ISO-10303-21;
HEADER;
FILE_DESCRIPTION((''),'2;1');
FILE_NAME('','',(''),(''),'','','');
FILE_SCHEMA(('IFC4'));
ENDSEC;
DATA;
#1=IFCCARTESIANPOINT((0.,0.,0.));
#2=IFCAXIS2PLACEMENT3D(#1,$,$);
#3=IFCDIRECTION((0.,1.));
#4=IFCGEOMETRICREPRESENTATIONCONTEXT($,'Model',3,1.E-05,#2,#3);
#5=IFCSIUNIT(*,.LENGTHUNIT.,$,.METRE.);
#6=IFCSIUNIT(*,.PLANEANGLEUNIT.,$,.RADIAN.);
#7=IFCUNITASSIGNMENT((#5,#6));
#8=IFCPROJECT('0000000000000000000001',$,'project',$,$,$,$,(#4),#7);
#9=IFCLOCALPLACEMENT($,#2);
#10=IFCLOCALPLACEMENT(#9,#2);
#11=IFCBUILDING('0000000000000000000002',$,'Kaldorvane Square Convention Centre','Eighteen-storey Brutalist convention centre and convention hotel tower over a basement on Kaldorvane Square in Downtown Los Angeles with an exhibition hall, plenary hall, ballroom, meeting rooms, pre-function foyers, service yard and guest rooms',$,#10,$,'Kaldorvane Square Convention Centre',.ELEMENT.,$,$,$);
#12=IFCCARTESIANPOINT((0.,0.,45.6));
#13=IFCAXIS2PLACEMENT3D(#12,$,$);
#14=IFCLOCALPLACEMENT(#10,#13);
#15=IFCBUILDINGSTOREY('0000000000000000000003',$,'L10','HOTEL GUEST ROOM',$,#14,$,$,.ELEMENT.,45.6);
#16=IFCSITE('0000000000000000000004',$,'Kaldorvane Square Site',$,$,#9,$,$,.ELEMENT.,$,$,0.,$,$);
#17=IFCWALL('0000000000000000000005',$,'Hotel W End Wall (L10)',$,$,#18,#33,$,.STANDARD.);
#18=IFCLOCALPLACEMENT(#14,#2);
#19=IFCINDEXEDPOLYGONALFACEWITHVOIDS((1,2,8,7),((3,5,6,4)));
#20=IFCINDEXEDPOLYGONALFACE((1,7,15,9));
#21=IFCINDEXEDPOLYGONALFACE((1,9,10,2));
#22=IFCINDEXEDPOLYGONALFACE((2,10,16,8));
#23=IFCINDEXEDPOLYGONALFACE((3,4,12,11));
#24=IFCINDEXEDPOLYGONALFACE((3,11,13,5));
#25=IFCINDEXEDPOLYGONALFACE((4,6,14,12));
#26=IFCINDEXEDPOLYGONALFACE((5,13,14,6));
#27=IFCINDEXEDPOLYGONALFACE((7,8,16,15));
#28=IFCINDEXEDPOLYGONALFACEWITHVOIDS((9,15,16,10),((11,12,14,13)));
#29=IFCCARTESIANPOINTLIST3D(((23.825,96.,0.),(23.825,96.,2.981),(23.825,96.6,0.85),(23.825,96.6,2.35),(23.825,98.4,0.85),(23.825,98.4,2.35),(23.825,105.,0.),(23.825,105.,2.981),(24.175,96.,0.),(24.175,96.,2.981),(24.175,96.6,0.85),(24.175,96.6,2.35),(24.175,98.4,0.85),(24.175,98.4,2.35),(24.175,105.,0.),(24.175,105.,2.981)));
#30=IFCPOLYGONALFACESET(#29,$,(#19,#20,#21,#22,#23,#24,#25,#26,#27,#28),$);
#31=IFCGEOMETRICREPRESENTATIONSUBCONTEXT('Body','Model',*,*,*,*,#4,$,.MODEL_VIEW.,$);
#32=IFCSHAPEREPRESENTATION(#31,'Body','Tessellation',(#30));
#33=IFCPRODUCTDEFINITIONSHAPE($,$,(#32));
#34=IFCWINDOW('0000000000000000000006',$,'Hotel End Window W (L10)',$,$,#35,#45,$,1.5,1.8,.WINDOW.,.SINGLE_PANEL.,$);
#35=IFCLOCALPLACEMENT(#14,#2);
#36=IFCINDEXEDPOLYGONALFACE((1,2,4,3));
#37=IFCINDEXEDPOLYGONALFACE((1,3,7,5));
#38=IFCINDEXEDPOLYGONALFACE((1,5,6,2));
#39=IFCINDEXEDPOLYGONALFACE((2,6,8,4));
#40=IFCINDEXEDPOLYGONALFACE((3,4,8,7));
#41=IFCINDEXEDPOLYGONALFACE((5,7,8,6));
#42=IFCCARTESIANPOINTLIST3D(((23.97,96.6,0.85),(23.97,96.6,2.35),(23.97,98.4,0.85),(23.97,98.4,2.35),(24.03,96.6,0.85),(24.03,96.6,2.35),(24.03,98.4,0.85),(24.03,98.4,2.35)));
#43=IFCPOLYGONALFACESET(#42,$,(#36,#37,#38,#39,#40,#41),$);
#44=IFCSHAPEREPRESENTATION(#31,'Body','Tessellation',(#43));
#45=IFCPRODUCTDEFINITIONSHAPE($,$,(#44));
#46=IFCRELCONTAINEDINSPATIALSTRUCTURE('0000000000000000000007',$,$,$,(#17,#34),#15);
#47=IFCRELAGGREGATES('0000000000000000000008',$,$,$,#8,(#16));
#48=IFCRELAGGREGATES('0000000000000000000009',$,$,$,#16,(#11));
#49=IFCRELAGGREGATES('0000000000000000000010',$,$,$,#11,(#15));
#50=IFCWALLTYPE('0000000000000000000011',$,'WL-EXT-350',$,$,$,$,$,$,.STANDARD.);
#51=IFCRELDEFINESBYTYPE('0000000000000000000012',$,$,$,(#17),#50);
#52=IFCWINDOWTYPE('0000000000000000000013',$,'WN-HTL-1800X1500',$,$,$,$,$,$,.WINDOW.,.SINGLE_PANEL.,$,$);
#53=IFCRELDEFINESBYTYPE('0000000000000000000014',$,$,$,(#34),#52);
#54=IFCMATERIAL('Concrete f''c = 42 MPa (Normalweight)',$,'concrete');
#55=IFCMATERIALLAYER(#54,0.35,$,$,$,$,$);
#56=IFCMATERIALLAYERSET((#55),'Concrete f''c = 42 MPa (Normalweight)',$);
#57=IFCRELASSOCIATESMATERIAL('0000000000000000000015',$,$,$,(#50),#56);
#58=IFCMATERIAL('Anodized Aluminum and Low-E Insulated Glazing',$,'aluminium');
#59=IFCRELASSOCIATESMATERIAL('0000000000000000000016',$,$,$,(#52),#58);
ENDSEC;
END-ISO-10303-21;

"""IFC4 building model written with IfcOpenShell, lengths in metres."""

from ifc_helpers import new_model, si_unit, direction, frame, frame_2d, origin, place, context, subcontext, project, spatial, rectangle, extrude, material, layer, layer_set, type_object, element, fill, save


model = new_model("IFC4")

# Units and contexts
model_context = context("Model", 3, precision=1e-05, world=origin(), true_north=direction((0.0, 1.0)))
body_context = subcontext(model_context, "Body", "Model", "MODEL_VIEW")
ifc_project = project(units=[si_unit("LENGTHUNIT", "METRE"), si_unit("PLANEANGLEUNIT", "RADIAN")], contexts=[model_context])

# Site, building, storey
site_placement = place(None, origin())
site = spatial("IfcSite", under=ifc_project, at=site_placement, Name="Kaldorvane Square Site", CompositionType="ELEMENT", RefElevation=0.0)
building_placement = place(site_placement, origin())
building = spatial("IfcBuilding", under=site, at=building_placement, Name="Kaldorvane Square Convention Centre", Description="Eighteen-storey Brutalist convention centre and convention hotel tower over a basement on Kaldorvane Square in Downtown Los Angeles with an exhibition hall, plenary hall, ballroom, meeting rooms, pre-function foyers, service yard and guest rooms", LongName="Kaldorvane Square Convention Centre", CompositionType="ELEMENT")
storey_placement = place(building_placement, frame((0.0, 0.0, 45.6)))
storey = spatial("IfcBuildingStorey", under=building, at=storey_placement, Name="L10", Description="HOTEL GUEST ROOM", CompositionType="ELEMENT", Elevation=45.6)

# Shared definitions
ifc_material_1 = material(Name="Anodized Aluminum and Low-E Insulated Glazing", Category="aluminium")

# Wall, opening, window
ifc_material_2 = material(Name="Concrete f'c = 42 MPa (Normalweight)", Category="concrete")
ifc_layer_1 = layer(ifc_material_2, 0.35)
ifc_layer_set_1 = layer_set([ifc_layer_1], Name="Concrete f'c = 42 MPa (Normalweight)")
wall_type = type_object("IfcWallType", Name="WL-EXT-350", PredefinedType="STANDARD", material=ifc_layer_set_1)
wall_placement = place(storey_placement, frame((24.0, 105.0, 0.0), z_axis=(0.0, 0.0, 1.0), x_axis=(0.0, -1.0, 0.0)))
wall = element("IfcWall", 1, at=wall_placement, inside=storey, type_object=wall_type, Name="Hotel W End Wall (L10)", PredefinedType="STANDARD", context=body_context, shape_type="SweptSolid", body=[
    extrude(rectangle(XDim=9.0, YDim=0.35, at=frame_2d((4.5, 0.0))), origin(), (0.0, 0.0, 1.0), 2.981),
])
opening_placement = place(wall_placement, frame((6.6, 0.0, 0.85)))
opening = element("IfcOpeningElement", 2, at=opening_placement, cuts=wall, PredefinedType="OPENING", context=body_context, shape_type="SweptSolid", body=[
    extrude(rectangle(XDim=1.8, YDim=1.5, at=frame_2d((0.9, 0.75))), frame((0.0, 0.19, 0.0), z_axis=(0.0, -1.0, 0.0), x_axis=(1.0, 0.0, 0.0)), (0.0, 0.0, 1.0), 0.38),
])
window_type = type_object("IfcWindowType", Name="WN-HTL-1800X1500", PartitioningType="SINGLE_PANEL", PredefinedType="WINDOW", material=ifc_material_1)
window_placement = place(opening_placement, origin())
window = element("IfcWindow", 3, at=window_placement, inside=storey, type_object=window_type, Name="Hotel End Window W (L10)", OverallHeight=1.5, OverallWidth=1.8, PartitioningType="SINGLE_PANEL", PredefinedType="WINDOW", context=body_context, shape_type="SweptSolid", body=[
    extrude(rectangle(XDim=1.8, YDim=1.5, at=frame_2d((0.9, 0.75))), frame((0.0, 0.03, 0.0), z_axis=(0.0, -1.0, 0.0), x_axis=(1.0, 0.0, 0.0)), (0.0, 0.0, 1.0), 0.06),
])
fill(opening, window)

save(model, "model.ifc")
